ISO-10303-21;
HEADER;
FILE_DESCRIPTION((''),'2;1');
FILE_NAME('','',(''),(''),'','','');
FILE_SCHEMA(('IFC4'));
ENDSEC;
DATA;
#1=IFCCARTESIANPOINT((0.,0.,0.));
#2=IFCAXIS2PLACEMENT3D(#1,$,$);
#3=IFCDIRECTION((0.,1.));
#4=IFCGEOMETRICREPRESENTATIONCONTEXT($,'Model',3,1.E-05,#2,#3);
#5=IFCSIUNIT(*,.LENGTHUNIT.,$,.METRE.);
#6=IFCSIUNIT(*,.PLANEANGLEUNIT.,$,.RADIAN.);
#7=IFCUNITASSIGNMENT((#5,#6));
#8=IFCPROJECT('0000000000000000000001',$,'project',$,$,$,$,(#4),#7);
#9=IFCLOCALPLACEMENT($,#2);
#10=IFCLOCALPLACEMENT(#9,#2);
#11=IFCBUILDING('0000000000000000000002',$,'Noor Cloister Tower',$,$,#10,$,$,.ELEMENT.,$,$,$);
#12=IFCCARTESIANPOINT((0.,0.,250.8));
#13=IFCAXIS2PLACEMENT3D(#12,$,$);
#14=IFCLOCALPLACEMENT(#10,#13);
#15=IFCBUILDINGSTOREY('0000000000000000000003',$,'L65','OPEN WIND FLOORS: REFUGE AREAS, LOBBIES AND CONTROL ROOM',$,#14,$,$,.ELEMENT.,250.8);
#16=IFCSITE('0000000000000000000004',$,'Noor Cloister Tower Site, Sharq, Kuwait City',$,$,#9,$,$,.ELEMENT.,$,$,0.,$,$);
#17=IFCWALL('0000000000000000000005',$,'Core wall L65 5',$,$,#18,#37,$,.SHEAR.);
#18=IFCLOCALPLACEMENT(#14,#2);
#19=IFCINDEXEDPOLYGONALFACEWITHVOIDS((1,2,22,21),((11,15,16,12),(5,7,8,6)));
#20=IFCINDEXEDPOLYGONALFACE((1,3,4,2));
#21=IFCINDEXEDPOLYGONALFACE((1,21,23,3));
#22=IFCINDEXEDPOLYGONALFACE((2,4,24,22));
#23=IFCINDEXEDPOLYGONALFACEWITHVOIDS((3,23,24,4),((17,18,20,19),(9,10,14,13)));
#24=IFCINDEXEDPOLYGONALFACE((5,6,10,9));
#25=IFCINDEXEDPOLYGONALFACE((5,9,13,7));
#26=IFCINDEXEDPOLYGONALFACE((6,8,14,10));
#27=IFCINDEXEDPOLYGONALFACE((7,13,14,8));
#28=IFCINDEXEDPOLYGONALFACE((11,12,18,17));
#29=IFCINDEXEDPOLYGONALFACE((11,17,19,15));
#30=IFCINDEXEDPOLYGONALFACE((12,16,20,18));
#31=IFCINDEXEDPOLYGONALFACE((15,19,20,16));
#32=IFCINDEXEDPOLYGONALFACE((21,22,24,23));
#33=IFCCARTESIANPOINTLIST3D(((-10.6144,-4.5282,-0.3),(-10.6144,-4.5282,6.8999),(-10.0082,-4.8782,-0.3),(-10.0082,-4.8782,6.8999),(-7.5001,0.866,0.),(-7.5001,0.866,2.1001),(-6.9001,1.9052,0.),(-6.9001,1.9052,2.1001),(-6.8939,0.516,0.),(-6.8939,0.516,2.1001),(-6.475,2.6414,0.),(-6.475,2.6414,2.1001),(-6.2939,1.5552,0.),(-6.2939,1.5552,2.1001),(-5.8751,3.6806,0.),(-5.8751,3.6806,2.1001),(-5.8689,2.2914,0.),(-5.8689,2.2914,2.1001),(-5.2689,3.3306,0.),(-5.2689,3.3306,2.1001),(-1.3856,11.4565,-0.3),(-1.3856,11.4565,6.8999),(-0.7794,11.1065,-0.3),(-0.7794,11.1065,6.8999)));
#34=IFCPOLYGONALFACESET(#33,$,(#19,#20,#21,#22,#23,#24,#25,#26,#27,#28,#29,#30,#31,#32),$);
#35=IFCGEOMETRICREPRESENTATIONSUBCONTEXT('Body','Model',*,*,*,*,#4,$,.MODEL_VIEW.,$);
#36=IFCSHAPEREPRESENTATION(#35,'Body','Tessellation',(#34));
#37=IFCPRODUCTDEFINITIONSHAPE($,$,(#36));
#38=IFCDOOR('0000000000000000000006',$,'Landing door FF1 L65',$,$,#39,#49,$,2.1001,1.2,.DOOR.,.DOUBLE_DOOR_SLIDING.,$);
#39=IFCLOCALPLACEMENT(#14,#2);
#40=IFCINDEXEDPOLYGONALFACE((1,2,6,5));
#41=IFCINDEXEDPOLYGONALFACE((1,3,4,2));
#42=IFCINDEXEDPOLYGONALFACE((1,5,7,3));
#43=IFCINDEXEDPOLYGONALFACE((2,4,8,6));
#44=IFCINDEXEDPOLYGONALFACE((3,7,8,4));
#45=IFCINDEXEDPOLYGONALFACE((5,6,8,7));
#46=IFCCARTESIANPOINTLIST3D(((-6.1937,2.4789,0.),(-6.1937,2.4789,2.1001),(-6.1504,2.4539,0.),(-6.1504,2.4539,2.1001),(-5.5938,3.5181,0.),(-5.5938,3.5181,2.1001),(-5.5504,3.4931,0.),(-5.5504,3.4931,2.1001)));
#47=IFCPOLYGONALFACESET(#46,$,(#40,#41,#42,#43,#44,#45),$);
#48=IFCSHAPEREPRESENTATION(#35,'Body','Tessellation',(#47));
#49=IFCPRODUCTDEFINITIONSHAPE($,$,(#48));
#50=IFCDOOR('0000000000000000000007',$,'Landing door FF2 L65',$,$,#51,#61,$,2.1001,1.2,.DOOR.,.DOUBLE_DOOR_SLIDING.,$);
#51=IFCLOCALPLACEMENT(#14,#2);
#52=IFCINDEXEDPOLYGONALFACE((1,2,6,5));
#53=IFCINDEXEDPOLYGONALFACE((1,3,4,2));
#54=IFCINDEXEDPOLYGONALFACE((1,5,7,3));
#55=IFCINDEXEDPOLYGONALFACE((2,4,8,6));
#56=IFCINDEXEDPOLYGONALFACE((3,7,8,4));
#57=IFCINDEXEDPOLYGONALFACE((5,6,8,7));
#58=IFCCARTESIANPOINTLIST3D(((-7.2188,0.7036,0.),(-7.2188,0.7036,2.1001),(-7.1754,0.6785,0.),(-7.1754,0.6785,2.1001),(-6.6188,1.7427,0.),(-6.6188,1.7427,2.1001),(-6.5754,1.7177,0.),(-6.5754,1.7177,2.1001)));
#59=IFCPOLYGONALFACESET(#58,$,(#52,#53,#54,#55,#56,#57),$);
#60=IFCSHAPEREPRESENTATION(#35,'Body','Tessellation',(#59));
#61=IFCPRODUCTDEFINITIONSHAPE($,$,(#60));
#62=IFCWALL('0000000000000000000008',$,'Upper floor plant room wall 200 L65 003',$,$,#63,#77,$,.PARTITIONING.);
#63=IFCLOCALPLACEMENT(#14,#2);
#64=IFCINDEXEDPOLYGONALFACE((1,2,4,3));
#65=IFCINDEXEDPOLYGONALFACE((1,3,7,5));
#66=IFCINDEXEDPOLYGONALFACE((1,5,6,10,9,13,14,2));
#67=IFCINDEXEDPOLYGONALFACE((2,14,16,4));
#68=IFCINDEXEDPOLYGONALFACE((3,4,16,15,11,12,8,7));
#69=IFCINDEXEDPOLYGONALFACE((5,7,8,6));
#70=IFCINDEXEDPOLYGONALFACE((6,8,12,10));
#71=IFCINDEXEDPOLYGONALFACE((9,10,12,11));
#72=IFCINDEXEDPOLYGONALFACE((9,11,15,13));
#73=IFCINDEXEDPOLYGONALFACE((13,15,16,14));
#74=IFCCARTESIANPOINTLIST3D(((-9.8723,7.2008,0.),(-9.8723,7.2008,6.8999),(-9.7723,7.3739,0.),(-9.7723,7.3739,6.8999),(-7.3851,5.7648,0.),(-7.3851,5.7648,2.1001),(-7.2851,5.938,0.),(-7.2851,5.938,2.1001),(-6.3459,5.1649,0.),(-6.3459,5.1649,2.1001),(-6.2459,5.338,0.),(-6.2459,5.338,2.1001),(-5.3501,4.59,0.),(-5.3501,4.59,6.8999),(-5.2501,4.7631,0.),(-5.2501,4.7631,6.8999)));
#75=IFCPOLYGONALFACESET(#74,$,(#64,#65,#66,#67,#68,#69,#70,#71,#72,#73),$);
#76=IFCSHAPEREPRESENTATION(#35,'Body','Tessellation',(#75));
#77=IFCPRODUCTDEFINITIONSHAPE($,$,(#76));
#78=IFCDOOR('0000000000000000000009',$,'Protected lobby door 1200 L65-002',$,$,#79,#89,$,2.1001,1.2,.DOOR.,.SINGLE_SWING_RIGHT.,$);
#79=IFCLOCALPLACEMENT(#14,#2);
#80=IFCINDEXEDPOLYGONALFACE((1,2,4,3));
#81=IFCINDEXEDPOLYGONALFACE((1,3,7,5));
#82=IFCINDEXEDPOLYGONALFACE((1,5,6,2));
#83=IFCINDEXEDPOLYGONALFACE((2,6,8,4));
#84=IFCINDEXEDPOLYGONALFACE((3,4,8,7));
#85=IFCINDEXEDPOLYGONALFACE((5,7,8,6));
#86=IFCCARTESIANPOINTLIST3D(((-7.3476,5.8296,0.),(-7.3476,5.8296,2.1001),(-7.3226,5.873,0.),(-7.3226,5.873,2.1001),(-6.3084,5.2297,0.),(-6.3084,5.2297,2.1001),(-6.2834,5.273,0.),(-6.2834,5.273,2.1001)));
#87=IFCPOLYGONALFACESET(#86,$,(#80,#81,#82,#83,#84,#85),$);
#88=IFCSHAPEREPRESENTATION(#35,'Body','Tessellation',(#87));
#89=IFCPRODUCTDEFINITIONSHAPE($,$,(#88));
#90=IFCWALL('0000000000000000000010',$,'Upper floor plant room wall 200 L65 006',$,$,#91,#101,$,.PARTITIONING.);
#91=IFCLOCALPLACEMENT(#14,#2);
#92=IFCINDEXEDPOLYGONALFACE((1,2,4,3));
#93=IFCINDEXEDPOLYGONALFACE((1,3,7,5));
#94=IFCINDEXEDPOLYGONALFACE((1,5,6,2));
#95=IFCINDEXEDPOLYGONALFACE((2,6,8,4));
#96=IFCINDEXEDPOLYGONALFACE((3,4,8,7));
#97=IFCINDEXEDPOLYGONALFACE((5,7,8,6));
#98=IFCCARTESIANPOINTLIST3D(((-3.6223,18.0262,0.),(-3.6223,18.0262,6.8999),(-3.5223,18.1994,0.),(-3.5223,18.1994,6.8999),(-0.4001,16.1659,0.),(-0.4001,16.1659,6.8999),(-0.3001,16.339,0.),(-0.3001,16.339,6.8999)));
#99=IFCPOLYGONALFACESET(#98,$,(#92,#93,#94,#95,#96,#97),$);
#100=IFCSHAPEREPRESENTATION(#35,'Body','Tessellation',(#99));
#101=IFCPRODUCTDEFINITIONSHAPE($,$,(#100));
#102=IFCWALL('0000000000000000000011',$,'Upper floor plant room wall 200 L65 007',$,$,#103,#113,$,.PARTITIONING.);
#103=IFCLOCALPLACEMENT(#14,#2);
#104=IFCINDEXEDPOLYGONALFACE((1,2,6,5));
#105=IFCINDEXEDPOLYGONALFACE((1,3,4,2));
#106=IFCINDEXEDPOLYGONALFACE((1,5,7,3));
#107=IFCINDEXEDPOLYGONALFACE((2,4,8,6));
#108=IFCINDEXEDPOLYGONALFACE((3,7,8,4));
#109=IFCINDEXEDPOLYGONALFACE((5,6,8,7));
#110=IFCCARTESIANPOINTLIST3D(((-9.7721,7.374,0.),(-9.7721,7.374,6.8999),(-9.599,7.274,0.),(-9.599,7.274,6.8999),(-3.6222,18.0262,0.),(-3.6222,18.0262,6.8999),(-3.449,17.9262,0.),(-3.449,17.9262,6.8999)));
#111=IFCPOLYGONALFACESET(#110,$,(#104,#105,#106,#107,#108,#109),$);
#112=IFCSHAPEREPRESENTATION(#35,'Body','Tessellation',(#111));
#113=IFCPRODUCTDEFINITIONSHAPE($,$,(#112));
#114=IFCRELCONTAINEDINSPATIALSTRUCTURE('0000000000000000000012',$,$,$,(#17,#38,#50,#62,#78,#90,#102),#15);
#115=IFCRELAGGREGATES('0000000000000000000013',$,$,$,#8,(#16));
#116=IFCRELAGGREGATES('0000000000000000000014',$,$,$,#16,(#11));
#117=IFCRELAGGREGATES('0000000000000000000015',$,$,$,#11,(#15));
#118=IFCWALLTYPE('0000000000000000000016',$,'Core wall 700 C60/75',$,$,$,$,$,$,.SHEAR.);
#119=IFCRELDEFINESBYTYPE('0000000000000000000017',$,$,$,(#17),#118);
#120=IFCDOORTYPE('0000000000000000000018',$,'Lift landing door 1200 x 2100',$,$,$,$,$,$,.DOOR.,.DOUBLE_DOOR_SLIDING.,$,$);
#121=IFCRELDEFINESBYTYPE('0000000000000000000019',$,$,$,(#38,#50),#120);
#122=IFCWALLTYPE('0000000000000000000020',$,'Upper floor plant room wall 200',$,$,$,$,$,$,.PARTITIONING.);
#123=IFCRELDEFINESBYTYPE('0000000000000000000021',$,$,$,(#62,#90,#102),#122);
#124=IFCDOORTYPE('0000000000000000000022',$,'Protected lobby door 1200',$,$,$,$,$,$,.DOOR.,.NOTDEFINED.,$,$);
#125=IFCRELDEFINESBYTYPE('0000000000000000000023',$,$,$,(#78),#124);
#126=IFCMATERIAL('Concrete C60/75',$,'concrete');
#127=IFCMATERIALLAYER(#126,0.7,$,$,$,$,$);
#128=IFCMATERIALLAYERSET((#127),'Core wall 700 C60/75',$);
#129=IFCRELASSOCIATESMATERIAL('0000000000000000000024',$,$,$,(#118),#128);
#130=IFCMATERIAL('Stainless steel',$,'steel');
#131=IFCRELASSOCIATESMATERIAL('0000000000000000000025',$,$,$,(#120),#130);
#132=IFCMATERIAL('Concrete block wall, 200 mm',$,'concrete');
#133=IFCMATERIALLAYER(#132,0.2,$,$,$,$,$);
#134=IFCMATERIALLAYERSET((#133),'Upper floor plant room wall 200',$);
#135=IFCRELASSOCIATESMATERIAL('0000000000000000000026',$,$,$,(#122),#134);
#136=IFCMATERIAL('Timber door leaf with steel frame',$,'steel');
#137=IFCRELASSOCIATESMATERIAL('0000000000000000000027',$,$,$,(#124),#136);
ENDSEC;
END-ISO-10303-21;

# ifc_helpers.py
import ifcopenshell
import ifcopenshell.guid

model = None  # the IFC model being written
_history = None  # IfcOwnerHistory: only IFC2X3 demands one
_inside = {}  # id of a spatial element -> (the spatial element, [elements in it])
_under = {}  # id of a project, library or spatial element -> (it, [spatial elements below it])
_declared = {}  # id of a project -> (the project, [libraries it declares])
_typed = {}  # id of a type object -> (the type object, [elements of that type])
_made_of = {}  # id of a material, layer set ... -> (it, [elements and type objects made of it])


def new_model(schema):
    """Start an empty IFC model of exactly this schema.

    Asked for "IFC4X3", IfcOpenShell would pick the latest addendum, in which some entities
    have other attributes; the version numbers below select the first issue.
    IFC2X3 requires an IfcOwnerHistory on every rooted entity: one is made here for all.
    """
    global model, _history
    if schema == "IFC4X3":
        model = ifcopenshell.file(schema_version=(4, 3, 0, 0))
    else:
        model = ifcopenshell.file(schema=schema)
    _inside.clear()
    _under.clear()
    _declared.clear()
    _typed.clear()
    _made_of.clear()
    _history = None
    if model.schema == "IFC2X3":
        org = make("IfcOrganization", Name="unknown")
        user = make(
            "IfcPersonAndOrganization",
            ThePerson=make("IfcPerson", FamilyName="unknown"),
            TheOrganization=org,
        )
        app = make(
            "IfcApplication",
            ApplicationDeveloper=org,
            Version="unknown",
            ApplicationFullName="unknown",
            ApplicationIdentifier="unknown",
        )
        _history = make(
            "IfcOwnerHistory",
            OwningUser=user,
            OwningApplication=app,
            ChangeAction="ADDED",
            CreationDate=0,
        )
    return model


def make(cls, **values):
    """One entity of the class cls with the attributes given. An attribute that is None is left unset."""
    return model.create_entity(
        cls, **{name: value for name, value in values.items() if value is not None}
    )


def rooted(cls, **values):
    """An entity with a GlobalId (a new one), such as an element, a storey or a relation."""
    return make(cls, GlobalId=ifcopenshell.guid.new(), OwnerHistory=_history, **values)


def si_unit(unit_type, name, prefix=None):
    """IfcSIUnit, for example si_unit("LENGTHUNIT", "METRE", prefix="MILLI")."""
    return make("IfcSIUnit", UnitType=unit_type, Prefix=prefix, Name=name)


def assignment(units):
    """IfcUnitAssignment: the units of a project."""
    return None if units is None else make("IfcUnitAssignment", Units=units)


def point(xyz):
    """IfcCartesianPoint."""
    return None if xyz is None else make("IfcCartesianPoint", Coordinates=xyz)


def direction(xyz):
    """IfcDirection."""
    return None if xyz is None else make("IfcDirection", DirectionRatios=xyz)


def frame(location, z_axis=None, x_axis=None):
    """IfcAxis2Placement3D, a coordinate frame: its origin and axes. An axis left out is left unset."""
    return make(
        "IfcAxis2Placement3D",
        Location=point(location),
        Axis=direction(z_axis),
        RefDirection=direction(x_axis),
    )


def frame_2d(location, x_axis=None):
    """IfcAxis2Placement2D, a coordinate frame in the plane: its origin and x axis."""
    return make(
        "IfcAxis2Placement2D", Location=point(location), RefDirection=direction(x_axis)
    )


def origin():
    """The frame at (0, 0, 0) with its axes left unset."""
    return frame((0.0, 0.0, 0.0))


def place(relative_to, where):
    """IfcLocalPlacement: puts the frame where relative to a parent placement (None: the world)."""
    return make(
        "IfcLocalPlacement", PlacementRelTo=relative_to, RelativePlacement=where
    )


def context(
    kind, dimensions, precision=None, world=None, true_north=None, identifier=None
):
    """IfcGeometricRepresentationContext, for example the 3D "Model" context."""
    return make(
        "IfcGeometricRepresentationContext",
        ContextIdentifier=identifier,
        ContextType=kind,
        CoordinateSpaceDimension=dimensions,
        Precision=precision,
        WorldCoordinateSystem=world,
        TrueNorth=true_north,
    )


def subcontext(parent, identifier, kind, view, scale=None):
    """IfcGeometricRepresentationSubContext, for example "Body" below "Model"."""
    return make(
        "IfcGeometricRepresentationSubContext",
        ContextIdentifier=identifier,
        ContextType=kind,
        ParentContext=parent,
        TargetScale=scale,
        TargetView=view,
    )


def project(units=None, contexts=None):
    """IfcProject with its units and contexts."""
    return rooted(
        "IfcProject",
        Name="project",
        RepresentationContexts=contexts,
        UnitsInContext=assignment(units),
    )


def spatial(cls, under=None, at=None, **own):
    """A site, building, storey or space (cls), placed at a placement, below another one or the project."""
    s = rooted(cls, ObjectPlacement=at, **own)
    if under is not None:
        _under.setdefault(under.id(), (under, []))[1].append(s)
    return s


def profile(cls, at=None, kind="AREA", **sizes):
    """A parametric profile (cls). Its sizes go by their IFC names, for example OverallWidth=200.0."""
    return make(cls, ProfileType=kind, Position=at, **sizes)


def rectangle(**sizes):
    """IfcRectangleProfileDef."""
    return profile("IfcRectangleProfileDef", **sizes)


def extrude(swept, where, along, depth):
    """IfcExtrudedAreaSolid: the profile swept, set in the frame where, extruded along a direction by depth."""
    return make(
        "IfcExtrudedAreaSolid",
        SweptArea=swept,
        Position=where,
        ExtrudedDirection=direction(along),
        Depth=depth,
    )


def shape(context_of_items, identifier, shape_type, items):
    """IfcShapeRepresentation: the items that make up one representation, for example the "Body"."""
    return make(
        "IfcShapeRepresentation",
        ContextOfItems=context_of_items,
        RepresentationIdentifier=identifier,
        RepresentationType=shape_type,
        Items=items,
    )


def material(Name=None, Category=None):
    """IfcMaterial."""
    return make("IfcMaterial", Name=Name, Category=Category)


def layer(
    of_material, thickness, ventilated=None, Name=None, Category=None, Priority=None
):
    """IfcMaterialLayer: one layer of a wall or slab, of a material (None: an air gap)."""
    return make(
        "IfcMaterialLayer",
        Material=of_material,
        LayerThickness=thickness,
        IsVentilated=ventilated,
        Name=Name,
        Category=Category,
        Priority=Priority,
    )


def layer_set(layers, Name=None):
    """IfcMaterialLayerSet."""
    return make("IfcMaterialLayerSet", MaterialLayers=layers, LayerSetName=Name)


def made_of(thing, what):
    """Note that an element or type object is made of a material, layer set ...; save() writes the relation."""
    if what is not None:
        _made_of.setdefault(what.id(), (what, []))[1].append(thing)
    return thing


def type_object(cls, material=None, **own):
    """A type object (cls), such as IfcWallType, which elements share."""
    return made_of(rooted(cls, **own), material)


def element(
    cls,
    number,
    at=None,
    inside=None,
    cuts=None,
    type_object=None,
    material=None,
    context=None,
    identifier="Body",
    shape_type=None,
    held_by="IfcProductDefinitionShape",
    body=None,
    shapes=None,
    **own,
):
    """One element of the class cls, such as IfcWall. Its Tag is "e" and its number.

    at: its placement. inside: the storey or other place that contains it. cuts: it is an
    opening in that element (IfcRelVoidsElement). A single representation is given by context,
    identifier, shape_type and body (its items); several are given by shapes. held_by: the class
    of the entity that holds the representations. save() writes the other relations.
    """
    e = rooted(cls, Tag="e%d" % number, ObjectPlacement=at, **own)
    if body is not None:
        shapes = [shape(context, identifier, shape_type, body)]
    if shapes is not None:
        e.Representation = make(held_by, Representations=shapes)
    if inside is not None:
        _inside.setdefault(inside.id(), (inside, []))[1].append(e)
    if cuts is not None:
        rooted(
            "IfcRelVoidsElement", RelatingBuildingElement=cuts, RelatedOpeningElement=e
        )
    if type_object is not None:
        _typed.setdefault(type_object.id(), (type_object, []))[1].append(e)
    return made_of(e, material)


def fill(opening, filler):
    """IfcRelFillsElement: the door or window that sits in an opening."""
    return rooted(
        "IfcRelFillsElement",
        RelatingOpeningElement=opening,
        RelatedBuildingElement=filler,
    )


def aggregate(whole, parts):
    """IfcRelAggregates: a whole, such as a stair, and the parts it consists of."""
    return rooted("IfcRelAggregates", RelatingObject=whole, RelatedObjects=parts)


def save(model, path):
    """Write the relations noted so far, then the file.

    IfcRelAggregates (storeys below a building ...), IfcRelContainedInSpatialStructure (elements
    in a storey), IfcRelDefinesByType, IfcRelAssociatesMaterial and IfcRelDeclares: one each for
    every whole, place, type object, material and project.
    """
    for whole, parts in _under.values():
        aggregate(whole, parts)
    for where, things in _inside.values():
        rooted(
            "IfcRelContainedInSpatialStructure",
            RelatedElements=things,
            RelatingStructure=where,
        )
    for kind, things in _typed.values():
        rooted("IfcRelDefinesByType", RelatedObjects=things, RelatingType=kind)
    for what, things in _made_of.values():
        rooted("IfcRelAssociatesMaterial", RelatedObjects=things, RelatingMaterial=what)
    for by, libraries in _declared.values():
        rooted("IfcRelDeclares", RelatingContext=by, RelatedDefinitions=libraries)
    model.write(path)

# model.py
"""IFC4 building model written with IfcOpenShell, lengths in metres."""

from ifc_helpers import new_model, si_unit, direction, frame, frame_2d, origin, place, context, subcontext, project, spatial, rectangle, extrude, material, layer, layer_set, type_object, element, fill, save


model = new_model("IFC4")

# Units and contexts
model_context = context("Model", 3, precision=1e-05, world=origin(), true_north=direction((0.0, 1.0)))
body_context = subcontext(model_context, "Body", "Model", "MODEL_VIEW")
ifc_project = project(units=[si_unit("LENGTHUNIT", "METRE"), si_unit("PLANEANGLEUNIT", "RADIAN")], contexts=[model_context])

# Site, building, storey
site_placement = place(None, origin())
site = spatial("IfcSite", under=ifc_project, at=site_placement, Name="Noor Cloister Tower Site, Sharq, Kuwait City", CompositionType="ELEMENT", RefElevation=0.0)
building_placement = place(site_placement, origin())
building = spatial("IfcBuilding", under=site, at=building_placement, Name="Noor Cloister Tower", CompositionType="ELEMENT")
storey_placement = place(building_placement, frame((0.0, 0.0, 250.8)))
storey = spatial("IfcBuildingStorey", under=building, at=storey_placement, Name="L65", Description="OPEN WIND FLOORS: REFUGE AREAS, LOBBIES AND CONTROL ROOM", CompositionType="ELEMENT", Elevation=250.8)

# Wall, openings, doors
ifc_material_1 = material(Name="Concrete C60/75", Category="concrete")
ifc_layer_1 = layer(ifc_material_1, 0.7)
ifc_layer_set_1 = layer_set([ifc_layer_1], Name="Core wall 700 C60/75")
wall_type_1 = type_object("IfcWallType", Name="Core wall 700 C60/75", PredefinedType="SHEAR", material=ifc_layer_set_1)
wall_1_placement = place(storey_placement, frame((-1.0825, 11.2815, -0.3), z_axis=(0.0, 0.0, 1.0), x_axis=(-0.500001, -0.866025, 0.0)))
wall_1 = element("IfcWall", 1, at=wall_1_placement, inside=storey, type_object=wall_type_1, Name="Core wall L65 5", PredefinedType="SHEAR", context=body_context, shape_type="SweptSolid", body=[
    extrude(rectangle(XDim=18.4575, YDim=0.7, at=frame_2d((9.2288, 0.0))), origin(), (0.0, 0.0, 1.0), 7.2),
])
opening_1_placement = place(wall_1_placement, frame((8.9788, 0.0, 0.3)))
opening_1 = element("IfcOpeningElement", 2, at=opening_1_placement, cuts=wall_1, PredefinedType="OPENING", context=body_context, shape_type="SweptSolid", body=[
    extrude(rectangle(XDim=1.2, YDim=2.1001, at=frame_2d((0.6001, 1.05))), frame((0.0, 0.3599, 0.0), z_axis=(0.0, -1.0, 0.0), x_axis=(1.0, 0.0, 0.0)), (0.0, 0.0, 1.0), 0.72),
])
opening_2_placement = place(wall_1_placement, frame((11.0288, 0.0, 0.3)))
opening_2 = element("IfcOpeningElement", 3, at=opening_2_placement, cuts=wall_1, PredefinedType="OPENING", context=body_context, shape_type="SweptSolid", body=[
    extrude(rectangle(XDim=1.2, YDim=2.1001, at=frame_2d((0.6001, 1.05))), frame((0.0, 0.3599, 0.0), z_axis=(0.0, -1.0, 0.0), x_axis=(1.0, 0.0, 0.0)), (0.0, 0.0, 1.0), 0.72),
])
ifc_material_2 = material(Name="Stainless steel", Category="steel")
door_type_1 = type_object("IfcDoorType", Name="Lift landing door 1200 x 2100", OperationType="DOUBLE_DOOR_SLIDING", PredefinedType="DOOR", material=ifc_material_2)
door_1_placement = place(opening_1_placement, origin())
door_1 = element("IfcDoor", 4, at=door_1_placement, inside=storey, type_object=door_type_1, Name="Landing door FF1 L65", OperationType="DOUBLE_DOOR_SLIDING", OverallHeight=2.1001, OverallWidth=1.2, PredefinedType="DOOR", context=body_context, shape_type="SweptSolid", body=[
    extrude(rectangle(XDim=1.2, YDim=2.1001, at=frame_2d((0.6001, 1.05))), frame((0.0, 0.0249, 0.0), z_axis=(0.0, -1.0, 0.0), x_axis=(1.0, 0.0, 0.0)), (0.0, 0.0, 1.0), 0.05),
])
fill(opening_1, door_1)
door_2_placement = place(opening_2_placement, origin())
door_2 = element("IfcDoor", 5, at=door_2_placement, inside=storey, type_object=door_type_1, Name="Landing door FF2 L65", OperationType="DOUBLE_DOOR_SLIDING", OverallHeight=2.1001, OverallWidth=1.2, PredefinedType="DOOR", context=body_context, shape_type="SweptSolid", body=[
    extrude(rectangle(XDim=1.2, YDim=2.1001, at=frame_2d((0.6001, 1.05))), frame((0.0, 0.0249, 0.0), z_axis=(0.0, -1.0, 0.0), x_axis=(1.0, 0.0, 0.0)), (0.0, 0.0, 1.0), 0.05),
])
fill(opening_2, door_2)

# Wall, opening, door
ifc_material_3 = material(Name="Concrete block wall, 200 mm", Category="concrete")
ifc_layer_2 = layer(ifc_material_3, 0.2)
ifc_layer_set_2 = layer_set([ifc_layer_2], Name="Upper floor plant room wall 200")
wall_type_2 = type_object("IfcWallType", Name="Upper floor plant room wall 200", PredefinedType="PARTITIONING", material=ifc_layer_set_2)
wall_2_placement = place(storey_placement, frame((-9.8223, 7.2874, 0.0), z_axis=(0.0, 0.0, 1.0), x_axis=(0.866031, -0.499991, 0.0)))
wall_2 = element("IfcWall", 6, at=wall_2_placement, inside=storey, type_object=wall_type_2, Name="Upper floor plant room wall 200 L65 003", PredefinedType="PARTITIONING", context=body_context, shape_type="SweptSolid", body=[
    extrude(rectangle(XDim=5.2217, YDim=0.2, at=frame_2d((2.6108, 0.0))), origin(), (0.0, 0.0, 1.0), 6.8999),
])
opening_3_placement = place(wall_2_placement, frame((2.8718, 0.0, 0.0)))
opening_3 = element("IfcOpeningElement", 7, at=opening_3_placement, cuts=wall_2, PredefinedType="OPENING", context=body_context, shape_type="SweptSolid", body=[
    extrude(rectangle(XDim=1.2, YDim=2.1001, at=frame_2d((0.6001, 1.05))), frame((0.0, 0.1099, 0.0), z_axis=(0.0, -1.0, 0.0), x_axis=(1.0, 0.0, 0.0)), (0.0, 0.0, 1.0), 0.22),
])
ifc_material_4 = material(Name="Timber door leaf with steel frame", Category="steel")
door_type_2 = type_object("IfcDoorType", Name="Protected lobby door 1200", OperationType="NOTDEFINED", PredefinedType="DOOR", material=ifc_material_4)
door_3_placement = place(opening_3_placement, origin())
door_3 = element("IfcDoor", 8, at=door_3_placement, inside=storey, type_object=door_type_2, Name="Protected lobby door 1200 L65-002", OperationType="SINGLE_SWING_RIGHT", OverallHeight=2.1001, OverallWidth=1.2, PredefinedType="DOOR", context=body_context, shape_type="SweptSolid", body=[
    extrude(rectangle(XDim=1.2, YDim=2.1001, at=frame_2d((0.6001, 1.05))), frame((0.0, 0.0249, 0.0), z_axis=(0.0, -1.0, 0.0), x_axis=(1.0, 0.0, 0.0)), (0.0, 0.0, 1.0), 0.05),
])
fill(opening_3, door_3)

# Walls
wall_3_placement = place(storey_placement, frame((-0.3501, 16.2524, 0.0), z_axis=(0.0, 0.0, 1.0), x_axis=(-0.866022, 0.500006, 0.0)))
element("IfcWall", 9, at=wall_3_placement, inside=storey, type_object=wall_type_2, Name="Upper floor plant room wall 200 L65 006", PredefinedType="PARTITIONING", context=body_context, shape_type="SweptSolid", body=[
    extrude(rectangle(XDim=3.7207, YDim=0.2, at=frame_2d((1.8604, 0.0))), origin(), (0.0, 0.0, 1.0), 6.8999),
])
wall_4_placement = place(storey_placement, frame((-3.5356, 17.9761, 0.0), z_axis=(0.0, 0.0, 1.0), x_axis=(-0.499994, -0.866029, 0.0)))
element("IfcWall", 10, at=wall_4_placement, inside=storey, type_object=wall_type_2, Name="Upper floor plant room wall 200 L65 007", PredefinedType="PARTITIONING", context=body_context, shape_type="SweptSolid", body=[
    extrude(rectangle(XDim=12.3, YDim=0.2, at=frame_2d((6.1499, 0.0))), origin(), (0.0, 0.0, 1.0), 6.8999),
])

save(model, "model.ifc")
